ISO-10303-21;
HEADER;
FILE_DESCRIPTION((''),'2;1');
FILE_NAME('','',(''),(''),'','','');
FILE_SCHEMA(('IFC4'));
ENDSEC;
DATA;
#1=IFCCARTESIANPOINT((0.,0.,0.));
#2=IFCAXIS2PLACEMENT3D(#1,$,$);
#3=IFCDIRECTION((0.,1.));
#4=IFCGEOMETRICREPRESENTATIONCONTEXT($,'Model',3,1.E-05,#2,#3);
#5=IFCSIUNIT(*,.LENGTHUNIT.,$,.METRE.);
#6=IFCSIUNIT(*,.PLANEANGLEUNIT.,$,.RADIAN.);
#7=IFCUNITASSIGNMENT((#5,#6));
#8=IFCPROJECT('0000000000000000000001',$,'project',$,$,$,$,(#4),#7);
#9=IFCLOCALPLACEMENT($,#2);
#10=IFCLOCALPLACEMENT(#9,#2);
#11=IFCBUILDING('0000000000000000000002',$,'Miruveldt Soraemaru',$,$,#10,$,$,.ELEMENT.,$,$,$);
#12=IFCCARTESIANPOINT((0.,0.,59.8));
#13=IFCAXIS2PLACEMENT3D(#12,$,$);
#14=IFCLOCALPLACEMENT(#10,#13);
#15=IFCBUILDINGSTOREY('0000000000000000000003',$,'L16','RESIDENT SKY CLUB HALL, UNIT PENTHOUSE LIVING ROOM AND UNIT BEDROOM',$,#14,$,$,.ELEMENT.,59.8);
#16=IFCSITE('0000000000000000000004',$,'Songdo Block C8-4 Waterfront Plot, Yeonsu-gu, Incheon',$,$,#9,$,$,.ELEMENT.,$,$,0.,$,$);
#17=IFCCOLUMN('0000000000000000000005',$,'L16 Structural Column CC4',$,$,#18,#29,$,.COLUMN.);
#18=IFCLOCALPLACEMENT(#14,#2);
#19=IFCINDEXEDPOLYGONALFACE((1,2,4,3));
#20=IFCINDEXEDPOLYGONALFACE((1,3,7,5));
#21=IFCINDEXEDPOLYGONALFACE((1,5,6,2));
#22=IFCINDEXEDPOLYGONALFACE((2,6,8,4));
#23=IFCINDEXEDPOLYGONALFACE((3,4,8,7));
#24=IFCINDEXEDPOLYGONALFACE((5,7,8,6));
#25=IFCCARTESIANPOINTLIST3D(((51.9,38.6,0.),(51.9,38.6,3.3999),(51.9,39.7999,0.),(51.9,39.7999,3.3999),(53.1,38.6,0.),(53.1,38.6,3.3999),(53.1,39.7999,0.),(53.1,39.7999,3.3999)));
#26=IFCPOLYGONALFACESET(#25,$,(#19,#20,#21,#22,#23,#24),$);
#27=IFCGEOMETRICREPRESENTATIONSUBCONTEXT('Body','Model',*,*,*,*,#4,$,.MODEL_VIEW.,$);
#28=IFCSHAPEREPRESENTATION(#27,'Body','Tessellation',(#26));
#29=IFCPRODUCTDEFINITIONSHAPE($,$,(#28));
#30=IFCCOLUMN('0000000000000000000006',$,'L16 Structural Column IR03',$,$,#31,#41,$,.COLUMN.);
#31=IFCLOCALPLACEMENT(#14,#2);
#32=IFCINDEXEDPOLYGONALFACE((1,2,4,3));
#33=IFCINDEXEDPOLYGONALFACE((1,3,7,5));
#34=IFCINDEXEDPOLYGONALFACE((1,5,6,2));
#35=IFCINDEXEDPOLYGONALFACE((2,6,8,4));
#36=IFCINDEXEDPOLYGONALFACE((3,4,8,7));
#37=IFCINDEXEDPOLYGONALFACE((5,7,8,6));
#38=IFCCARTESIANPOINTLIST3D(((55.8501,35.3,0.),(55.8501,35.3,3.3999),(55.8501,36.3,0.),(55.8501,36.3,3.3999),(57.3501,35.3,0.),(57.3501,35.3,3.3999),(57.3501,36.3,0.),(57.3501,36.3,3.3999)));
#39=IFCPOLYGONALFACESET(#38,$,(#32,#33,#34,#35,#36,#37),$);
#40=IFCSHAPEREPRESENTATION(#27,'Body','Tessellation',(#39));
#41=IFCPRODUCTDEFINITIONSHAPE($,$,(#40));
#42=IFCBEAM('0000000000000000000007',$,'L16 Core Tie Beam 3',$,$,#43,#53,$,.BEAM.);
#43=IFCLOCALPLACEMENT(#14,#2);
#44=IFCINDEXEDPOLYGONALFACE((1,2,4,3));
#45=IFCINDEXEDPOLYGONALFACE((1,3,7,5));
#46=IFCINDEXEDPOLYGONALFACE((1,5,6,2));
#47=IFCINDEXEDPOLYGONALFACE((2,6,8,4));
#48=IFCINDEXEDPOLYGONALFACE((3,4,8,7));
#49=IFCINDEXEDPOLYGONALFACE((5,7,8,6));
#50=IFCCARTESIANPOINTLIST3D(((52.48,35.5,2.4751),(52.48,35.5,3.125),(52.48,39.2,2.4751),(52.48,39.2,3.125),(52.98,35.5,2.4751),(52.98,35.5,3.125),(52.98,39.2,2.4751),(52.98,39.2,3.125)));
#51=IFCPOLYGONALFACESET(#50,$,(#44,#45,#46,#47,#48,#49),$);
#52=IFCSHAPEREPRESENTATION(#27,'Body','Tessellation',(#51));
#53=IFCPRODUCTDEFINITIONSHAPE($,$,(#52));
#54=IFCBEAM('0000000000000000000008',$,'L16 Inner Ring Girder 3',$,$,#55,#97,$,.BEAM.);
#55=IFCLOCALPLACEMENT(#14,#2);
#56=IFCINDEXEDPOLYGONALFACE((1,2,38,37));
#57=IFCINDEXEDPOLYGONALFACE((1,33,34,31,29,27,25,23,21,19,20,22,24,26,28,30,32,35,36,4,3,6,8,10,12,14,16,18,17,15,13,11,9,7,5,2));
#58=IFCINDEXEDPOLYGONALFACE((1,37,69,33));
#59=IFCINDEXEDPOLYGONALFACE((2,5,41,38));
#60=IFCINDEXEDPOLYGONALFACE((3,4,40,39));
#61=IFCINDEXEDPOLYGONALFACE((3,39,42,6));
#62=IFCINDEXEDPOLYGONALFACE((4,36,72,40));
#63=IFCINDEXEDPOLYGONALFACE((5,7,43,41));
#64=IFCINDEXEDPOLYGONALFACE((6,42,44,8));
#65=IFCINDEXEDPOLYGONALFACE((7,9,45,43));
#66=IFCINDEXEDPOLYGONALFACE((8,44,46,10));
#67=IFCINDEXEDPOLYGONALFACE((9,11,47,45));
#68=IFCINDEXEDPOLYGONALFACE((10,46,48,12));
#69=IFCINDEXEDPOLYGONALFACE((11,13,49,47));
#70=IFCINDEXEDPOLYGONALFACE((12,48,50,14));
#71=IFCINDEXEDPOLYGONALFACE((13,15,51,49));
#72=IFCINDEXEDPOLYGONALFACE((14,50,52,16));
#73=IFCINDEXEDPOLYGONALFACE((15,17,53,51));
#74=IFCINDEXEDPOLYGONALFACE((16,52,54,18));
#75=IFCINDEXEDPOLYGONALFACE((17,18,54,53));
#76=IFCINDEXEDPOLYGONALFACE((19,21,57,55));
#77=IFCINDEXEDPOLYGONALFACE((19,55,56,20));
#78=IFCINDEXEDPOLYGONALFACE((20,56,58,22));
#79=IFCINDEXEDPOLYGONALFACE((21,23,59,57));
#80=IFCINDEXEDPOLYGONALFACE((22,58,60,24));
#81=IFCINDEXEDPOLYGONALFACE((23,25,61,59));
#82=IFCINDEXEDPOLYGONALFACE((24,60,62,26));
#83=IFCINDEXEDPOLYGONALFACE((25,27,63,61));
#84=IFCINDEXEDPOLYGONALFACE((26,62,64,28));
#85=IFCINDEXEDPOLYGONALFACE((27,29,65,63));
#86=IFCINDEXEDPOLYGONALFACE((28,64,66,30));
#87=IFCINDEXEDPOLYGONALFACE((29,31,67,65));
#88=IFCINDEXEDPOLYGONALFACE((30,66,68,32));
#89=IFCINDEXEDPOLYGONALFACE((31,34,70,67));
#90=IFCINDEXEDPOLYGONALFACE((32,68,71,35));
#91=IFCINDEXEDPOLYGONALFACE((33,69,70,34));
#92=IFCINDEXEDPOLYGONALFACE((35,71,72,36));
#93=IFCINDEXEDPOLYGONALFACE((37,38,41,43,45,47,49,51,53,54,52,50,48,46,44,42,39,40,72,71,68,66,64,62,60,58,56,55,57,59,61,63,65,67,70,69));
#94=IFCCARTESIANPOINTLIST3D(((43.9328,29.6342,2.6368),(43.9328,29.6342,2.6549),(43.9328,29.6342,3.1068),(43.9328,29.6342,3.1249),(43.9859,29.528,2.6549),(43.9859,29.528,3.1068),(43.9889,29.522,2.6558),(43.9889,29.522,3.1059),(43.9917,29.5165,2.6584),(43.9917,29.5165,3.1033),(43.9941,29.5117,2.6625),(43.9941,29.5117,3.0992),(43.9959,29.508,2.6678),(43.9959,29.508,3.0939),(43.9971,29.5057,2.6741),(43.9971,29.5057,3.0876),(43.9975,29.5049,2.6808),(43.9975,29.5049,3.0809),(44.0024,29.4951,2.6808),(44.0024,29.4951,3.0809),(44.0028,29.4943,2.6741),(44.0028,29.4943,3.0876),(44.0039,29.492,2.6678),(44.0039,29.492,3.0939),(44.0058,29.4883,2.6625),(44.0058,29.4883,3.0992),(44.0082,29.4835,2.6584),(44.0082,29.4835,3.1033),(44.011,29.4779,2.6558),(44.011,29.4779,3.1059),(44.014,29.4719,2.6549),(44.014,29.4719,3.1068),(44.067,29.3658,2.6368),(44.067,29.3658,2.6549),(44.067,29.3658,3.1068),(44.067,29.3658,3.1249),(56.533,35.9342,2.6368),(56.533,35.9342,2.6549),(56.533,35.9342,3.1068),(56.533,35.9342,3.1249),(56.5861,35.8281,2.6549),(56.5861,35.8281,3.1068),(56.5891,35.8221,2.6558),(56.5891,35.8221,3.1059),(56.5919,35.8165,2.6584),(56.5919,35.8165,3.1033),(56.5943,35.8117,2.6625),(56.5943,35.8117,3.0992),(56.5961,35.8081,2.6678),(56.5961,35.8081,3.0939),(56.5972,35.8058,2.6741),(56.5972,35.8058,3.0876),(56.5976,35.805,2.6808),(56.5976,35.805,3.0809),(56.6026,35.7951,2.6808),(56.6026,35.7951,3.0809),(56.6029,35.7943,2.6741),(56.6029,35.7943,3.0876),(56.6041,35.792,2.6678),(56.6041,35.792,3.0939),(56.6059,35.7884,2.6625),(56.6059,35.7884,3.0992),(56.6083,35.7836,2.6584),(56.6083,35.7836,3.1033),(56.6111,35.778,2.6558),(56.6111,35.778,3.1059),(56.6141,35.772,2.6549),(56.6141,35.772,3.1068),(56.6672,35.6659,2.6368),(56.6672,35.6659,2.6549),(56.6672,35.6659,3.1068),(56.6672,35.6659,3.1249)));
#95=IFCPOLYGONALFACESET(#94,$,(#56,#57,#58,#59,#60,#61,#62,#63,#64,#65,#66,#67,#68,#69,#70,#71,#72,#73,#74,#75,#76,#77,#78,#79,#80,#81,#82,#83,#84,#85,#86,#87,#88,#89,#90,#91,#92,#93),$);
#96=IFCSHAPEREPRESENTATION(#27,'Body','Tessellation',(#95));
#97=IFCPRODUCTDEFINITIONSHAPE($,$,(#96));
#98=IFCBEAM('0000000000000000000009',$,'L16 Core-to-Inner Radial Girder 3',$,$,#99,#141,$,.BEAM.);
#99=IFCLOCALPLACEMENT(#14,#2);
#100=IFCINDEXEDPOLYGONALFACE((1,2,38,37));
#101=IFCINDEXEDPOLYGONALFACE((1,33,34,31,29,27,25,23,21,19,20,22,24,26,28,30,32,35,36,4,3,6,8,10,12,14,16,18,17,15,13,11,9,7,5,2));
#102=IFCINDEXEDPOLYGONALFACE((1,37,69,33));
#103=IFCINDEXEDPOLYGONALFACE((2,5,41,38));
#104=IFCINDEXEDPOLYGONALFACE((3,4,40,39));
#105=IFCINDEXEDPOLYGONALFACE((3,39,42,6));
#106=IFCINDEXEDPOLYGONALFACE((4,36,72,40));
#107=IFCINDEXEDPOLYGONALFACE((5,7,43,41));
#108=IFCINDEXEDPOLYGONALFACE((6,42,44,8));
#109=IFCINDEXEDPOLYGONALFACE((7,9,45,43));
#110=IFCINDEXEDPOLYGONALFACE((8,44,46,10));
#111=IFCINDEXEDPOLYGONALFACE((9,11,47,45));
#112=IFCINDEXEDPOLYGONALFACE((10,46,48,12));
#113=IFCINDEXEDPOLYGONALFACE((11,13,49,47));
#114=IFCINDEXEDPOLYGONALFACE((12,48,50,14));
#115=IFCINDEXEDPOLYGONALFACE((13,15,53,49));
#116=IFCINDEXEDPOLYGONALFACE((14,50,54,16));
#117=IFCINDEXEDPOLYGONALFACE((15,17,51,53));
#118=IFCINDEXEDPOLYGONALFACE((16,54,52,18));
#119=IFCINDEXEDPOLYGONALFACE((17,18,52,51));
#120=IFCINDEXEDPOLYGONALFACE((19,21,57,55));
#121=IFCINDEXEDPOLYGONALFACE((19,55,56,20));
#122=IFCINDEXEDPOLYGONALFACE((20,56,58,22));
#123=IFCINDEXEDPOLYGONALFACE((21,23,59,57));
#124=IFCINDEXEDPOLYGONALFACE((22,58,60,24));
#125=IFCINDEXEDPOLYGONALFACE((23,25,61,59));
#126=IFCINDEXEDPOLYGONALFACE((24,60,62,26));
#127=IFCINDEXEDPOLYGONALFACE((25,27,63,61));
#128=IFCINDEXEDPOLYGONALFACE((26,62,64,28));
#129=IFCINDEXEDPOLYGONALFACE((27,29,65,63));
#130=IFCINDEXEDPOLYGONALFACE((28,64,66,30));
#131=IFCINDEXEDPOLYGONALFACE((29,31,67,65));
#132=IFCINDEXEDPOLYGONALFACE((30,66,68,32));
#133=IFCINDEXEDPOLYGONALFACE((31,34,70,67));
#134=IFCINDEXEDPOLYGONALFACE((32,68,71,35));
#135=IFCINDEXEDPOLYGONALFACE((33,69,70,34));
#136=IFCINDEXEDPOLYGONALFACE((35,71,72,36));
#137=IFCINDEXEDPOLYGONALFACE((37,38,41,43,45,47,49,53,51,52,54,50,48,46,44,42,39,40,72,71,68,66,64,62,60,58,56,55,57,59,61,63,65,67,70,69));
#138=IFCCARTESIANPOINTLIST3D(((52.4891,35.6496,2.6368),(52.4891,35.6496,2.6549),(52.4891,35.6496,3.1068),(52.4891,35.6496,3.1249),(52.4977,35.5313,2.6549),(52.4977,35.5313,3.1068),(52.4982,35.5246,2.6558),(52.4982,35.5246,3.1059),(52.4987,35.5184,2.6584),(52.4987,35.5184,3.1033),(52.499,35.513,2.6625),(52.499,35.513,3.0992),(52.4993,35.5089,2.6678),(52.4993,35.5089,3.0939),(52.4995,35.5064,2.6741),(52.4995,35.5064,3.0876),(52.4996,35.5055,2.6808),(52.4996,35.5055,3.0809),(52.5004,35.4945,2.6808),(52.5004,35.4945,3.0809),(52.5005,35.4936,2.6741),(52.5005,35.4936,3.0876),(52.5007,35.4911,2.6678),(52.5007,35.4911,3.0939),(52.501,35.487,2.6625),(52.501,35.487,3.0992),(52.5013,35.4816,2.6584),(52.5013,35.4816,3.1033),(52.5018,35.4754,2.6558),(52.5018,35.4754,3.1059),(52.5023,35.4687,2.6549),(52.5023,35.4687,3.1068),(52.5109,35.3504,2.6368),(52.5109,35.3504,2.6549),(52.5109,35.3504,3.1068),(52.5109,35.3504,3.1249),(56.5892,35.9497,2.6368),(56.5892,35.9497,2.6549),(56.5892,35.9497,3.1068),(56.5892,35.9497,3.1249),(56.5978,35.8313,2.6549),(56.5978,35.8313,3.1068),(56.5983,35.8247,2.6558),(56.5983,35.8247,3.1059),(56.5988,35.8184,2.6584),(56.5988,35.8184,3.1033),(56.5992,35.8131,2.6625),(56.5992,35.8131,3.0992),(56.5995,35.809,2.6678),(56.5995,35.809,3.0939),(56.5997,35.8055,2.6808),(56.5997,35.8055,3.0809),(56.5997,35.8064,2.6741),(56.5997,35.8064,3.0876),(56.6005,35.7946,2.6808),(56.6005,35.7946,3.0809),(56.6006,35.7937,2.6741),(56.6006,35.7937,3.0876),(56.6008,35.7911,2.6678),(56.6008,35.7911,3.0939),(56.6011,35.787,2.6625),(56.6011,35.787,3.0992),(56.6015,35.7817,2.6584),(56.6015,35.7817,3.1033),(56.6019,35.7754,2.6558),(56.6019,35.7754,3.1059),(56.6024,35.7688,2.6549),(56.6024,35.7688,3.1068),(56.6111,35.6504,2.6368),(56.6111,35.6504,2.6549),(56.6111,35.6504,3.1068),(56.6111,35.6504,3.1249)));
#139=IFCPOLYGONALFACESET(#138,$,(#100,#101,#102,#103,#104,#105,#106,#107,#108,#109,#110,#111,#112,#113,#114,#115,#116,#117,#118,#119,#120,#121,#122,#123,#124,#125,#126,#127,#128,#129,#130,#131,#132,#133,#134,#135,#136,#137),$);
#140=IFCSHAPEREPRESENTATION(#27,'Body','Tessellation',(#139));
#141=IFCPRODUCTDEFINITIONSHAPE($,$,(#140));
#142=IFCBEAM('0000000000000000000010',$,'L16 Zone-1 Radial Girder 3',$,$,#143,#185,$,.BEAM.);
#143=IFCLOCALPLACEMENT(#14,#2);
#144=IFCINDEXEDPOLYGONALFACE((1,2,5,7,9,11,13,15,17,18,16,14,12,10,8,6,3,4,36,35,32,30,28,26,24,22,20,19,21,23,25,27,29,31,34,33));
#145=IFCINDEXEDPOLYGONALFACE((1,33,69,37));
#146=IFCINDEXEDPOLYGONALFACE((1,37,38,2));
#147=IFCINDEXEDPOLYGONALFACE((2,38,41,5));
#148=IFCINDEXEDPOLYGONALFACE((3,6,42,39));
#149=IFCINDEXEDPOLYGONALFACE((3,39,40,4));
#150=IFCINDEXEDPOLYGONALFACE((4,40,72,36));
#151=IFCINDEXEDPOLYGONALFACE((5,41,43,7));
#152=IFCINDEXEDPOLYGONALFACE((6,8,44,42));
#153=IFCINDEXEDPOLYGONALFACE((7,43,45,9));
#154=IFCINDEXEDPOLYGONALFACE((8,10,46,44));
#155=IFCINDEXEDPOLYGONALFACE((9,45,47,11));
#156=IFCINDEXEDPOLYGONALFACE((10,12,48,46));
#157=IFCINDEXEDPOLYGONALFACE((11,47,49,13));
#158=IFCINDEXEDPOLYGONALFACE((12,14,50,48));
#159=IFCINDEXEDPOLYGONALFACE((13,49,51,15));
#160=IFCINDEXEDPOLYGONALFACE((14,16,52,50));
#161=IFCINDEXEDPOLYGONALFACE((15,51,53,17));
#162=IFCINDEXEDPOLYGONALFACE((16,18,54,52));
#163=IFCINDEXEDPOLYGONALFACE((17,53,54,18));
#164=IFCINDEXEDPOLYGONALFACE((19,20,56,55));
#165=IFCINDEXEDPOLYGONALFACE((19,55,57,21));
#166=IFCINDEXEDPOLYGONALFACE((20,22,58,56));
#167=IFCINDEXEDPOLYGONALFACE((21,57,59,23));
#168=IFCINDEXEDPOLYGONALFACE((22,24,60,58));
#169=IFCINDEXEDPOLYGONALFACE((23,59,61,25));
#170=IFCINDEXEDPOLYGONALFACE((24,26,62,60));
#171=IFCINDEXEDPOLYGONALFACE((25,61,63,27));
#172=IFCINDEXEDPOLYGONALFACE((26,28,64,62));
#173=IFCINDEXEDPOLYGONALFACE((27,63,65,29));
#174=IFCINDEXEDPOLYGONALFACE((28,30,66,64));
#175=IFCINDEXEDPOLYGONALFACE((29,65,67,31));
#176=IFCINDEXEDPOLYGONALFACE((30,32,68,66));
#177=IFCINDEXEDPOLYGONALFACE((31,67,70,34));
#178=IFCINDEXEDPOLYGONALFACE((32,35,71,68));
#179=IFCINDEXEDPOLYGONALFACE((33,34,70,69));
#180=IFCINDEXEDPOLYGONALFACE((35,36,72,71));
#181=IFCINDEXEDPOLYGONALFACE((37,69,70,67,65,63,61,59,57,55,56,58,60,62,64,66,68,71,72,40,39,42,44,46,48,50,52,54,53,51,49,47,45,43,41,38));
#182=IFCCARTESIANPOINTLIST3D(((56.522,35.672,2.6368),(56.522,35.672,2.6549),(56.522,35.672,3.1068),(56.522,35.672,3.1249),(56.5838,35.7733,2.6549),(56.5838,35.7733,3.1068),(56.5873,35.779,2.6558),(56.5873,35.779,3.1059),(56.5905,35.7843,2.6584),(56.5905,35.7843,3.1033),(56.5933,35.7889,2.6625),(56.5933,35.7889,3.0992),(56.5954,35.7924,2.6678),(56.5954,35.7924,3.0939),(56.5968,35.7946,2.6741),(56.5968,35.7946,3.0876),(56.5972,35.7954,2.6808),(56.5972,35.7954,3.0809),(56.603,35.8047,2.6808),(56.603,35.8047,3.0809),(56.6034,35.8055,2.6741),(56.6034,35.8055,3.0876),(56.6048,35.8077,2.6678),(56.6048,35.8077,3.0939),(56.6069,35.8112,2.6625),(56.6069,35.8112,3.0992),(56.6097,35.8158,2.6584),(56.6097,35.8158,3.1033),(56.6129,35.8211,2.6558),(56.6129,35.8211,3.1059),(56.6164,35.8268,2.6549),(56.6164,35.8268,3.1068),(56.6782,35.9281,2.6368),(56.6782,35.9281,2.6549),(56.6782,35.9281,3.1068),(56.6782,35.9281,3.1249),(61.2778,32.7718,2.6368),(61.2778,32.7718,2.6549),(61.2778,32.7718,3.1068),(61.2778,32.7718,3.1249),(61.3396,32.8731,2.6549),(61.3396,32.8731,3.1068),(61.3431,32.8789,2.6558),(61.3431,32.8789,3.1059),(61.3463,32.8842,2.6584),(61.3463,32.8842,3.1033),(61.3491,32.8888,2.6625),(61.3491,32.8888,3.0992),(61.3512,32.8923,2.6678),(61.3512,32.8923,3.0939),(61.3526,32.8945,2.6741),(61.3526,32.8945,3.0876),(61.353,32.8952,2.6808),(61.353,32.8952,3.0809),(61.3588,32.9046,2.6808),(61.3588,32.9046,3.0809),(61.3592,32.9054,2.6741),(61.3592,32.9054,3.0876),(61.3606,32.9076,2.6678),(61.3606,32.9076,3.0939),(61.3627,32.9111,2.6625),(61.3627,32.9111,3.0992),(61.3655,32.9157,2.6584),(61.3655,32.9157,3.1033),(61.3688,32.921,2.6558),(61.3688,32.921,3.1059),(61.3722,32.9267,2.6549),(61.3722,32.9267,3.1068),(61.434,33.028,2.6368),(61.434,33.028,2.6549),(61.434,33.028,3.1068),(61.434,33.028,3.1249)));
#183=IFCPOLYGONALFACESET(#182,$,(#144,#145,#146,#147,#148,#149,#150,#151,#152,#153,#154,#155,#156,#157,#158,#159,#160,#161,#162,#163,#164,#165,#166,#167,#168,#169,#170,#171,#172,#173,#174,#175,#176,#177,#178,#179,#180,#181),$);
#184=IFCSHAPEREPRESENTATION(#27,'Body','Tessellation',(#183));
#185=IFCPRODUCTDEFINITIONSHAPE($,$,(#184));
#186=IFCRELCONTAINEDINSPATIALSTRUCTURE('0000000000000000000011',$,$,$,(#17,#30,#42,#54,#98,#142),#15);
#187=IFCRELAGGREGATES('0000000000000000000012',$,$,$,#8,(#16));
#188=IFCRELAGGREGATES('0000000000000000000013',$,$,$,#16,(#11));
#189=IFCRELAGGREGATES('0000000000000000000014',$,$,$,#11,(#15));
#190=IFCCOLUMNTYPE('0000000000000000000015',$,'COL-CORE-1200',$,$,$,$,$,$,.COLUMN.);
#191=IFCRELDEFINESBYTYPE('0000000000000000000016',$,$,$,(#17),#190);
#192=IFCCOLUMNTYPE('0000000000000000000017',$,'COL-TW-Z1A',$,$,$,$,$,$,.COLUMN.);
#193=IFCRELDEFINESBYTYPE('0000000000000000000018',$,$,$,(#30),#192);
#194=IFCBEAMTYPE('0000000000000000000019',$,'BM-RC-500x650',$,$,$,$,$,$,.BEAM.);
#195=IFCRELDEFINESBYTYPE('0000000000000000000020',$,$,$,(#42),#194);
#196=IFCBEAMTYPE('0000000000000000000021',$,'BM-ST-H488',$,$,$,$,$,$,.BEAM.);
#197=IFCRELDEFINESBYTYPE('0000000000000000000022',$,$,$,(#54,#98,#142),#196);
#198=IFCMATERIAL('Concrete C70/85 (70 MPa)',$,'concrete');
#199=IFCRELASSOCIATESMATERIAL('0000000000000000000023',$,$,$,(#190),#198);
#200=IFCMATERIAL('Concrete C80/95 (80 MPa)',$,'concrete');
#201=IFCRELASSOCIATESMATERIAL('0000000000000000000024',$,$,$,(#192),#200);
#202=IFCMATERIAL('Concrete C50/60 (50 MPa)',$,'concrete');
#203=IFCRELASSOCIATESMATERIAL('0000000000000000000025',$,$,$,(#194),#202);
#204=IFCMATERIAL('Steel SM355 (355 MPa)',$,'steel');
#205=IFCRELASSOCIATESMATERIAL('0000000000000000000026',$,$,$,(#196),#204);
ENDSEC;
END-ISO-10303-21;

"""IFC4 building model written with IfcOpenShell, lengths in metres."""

from ifc_helpers import new_model, si_unit, direction, frame, origin, origin_2d, place, context, subcontext, project, spatial, rectangle, i_section, extrude, material, material_profile, profile_set, type_object, element, save


model = new_model("IFC4")

# Units and contexts
model_context = context("Model", 3, precision=1e-05, world=origin(), true_north=direction((0.0, 1.0)))
body_context = subcontext(model_context, "Body", "Model", "MODEL_VIEW")
ifc_project = project(units=[si_unit("LENGTHUNIT", "METRE"), si_unit("PLANEANGLEUNIT", "RADIAN")], contexts=[model_context])

# Site, building, storey
site_placement = place(None, origin())
site = spatial("IfcSite", under=ifc_project, at=site_placement, Name="Songdo Block C8-4 Waterfront Plot, Yeonsu-gu, Incheon", CompositionType="ELEMENT", RefElevation=0.0)
building_placement = place(site_placement, origin())
building = spatial("IfcBuilding", under=site, at=building_placement, Name="Miruveldt Soraemaru", CompositionType="ELEMENT")
storey_placement = place(building_placement, frame((0.0, 0.0, 59.8)))
storey = spatial("IfcBuildingStorey", under=building, at=storey_placement, Name="L16", Description="RESIDENT SKY CLUB HALL, UNIT PENTHOUSE LIVING ROOM AND UNIT BEDROOM", CompositionType="ELEMENT", Elevation=59.8)

# Columns
ifc_material_1 = material(Name="Concrete C70/85 (70 MPa)", Category="concrete")
ifc_material_profile_1 = material_profile(ifc_material_1, rectangle(XDim=1.2, YDim=1.2, at=origin_2d()), Name="Concrete C70/85 (70 MPa)", Category="concrete")
ifc_profile_set_1 = profile_set([ifc_material_profile_1], Name="Concrete C70/85 (70 MPa)")
column_type_1 = type_object("IfcColumnType", Name="COL-CORE-1200", PredefinedType="COLUMN", material=ifc_profile_set_1)
column_1_placement = place(storey_placement, frame((52.5, 39.2, 0.0), z_axis=(0.0, 0.0, 1.0), x_axis=(1.0, 0.0, 0.0)))
element("IfcColumn", 1, at=column_1_placement, inside=storey, type_object=column_type_1, Name="L16 Structural Column CC4", PredefinedType="COLUMN", context=body_context, shape_type="SweptSolid", body=[
    extrude(rectangle(XDim=1.2, YDim=1.2, at=origin_2d()), origin(), (0.0, 0.0, 1.0), 3.3999),
])
ifc_material_2 = material(Name="Concrete C80/95 (80 MPa)", Category="concrete")
ifc_material_profile_2 = material_profile(ifc_material_2, rectangle(XDim=1.5, YDim=1.0, at=origin_2d()), Name="Concrete C80/95 (80 MPa)", Category="concrete")
ifc_profile_set_2 = profile_set([ifc_material_profile_2], Name="Concrete C80/95 (80 MPa)")
column_type_2 = type_object("IfcColumnType", Name="COL-TW-Z1A", PredefinedType="COLUMN", material=ifc_profile_set_2)
column_2_placement = place(storey_placement, frame((56.6001, 35.8, 0.0), z_axis=(0.0, 0.0, 1.0), x_axis=(1.0, 0.0, 0.0)))
element("IfcColumn", 2, at=column_2_placement, inside=storey, type_object=column_type_2, Name="L16 Structural Column IR03", PredefinedType="COLUMN", context=body_context, shape_type="SweptSolid", body=[
    extrude(rectangle(XDim=1.5, YDim=1.0, at=origin_2d()), origin(), (0.0, 0.0, 1.0), 3.3999),
])

# Beams
ifc_material_3 = material(Name="Concrete C50/60 (50 MPa)", Category="concrete")
ifc_material_profile_3 = material_profile(ifc_material_3, rectangle(XDim=0.5, YDim=0.6499, at=origin_2d()), Name="Concrete C50/60 (50 MPa)", Category="concrete")
ifc_profile_set_3 = profile_set([ifc_material_profile_3], Name="Concrete C50/60 (50 MPa)")
beam_type_1 = type_object("IfcBeamType", Name="BM-RC-500x650", PredefinedType="BEAM", material=ifc_profile_set_3)
beam_1_placement = place(storey_placement, frame((52.73, 35.5, 2.8), z_axis=(0.0, 1.0, 0.0), x_axis=(-1.0, 0.0, 0.0)))
element("IfcBeam", 3, at=beam_1_placement, inside=storey, type_object=beam_type_1, Name="L16 Core Tie Beam 3", PredefinedType="BEAM", context=body_context, shape_type="SweptSolid", body=[
    extrude(rectangle(XDim=0.5, YDim=0.6499, at=origin_2d()), origin(), (0.0, 0.0, 1.0), 3.7),
])
ifc_material_4 = material(Name="Steel SM355 (355 MPa)", Category="steel")
ifc_material_profile_4 = material_profile(ifc_material_4, i_section(OverallWidth=0.3, OverallDepth=0.488, WebThickness=0.011, FlangeThickness=0.0181, FilletRadius=0.0259, at=origin_2d()), Name="Steel SM355 (355 MPa)", Category="steel")
ifc_profile_set_4 = profile_set([ifc_material_profile_4], Name="Steel SM355 (355 MPa)")
beam_type_2 = type_object("IfcBeamType", Name="BM-ST-H488", PredefinedType="BEAM", material=ifc_profile_set_4)
beam_2_placement = place(storey_placement, frame((56.6001, 35.8, 2.8809), z_axis=(-0.894427, -0.447214, 0.0), x_axis=(0.447214, -0.894427, 0.0)))
element("IfcBeam", 4, at=beam_2_placement, inside=storey, type_object=beam_type_2, Name="L16 Inner Ring Girder 3", PredefinedType="BEAM", context=body_context, shape_type="SweptSolid", body=[
    extrude(i_section(OverallWidth=0.3, OverallDepth=0.488, WebThickness=0.011, FlangeThickness=0.0181, FilletRadius=0.0259, at=origin_2d()), origin(), (0.0, 0.0, 1.0), 14.0874),
])
beam_3_placement = place(storey_placement, frame((52.5, 35.5, 2.8809), z_axis=(0.997333, 0.072986, 0.0), x_axis=(-0.072986, 0.997333, 0.0)))
element("IfcBeam", 5, at=beam_3_placement, inside=storey, type_object=beam_type_2, Name="L16 Core-to-Inner Radial Girder 3", PredefinedType="BEAM", context=body_context, shape_type="SweptSolid", body=[
    extrude(i_section(OverallWidth=0.3, OverallDepth=0.488, WebThickness=0.011, FlangeThickness=0.0181, FilletRadius=0.0259, at=origin_2d()), origin(), (0.0, 0.0, 1.0), 4.1111),
])
beam_4_placement = place(storey_placement, frame((56.6001, 35.8, 2.8809), z_axis=(0.853778, -0.520638, 0.0), x_axis=(0.520638, 0.853778, 0.0)))
element("IfcBeam", 6, at=beam_4_placement, inside=storey, type_object=beam_type_2, Name="L16 Zone-1 Radial Girder 3", PredefinedType="BEAM", context=body_context, shape_type="SweptSolid", body=[
    extrude(i_section(OverallWidth=0.3, OverallDepth=0.488, WebThickness=0.011, FlangeThickness=0.0181, FilletRadius=0.0259, at=origin_2d()), origin(), (0.0, 0.0, 1.0), 5.5703),
])

save(model, "model.ifc")
